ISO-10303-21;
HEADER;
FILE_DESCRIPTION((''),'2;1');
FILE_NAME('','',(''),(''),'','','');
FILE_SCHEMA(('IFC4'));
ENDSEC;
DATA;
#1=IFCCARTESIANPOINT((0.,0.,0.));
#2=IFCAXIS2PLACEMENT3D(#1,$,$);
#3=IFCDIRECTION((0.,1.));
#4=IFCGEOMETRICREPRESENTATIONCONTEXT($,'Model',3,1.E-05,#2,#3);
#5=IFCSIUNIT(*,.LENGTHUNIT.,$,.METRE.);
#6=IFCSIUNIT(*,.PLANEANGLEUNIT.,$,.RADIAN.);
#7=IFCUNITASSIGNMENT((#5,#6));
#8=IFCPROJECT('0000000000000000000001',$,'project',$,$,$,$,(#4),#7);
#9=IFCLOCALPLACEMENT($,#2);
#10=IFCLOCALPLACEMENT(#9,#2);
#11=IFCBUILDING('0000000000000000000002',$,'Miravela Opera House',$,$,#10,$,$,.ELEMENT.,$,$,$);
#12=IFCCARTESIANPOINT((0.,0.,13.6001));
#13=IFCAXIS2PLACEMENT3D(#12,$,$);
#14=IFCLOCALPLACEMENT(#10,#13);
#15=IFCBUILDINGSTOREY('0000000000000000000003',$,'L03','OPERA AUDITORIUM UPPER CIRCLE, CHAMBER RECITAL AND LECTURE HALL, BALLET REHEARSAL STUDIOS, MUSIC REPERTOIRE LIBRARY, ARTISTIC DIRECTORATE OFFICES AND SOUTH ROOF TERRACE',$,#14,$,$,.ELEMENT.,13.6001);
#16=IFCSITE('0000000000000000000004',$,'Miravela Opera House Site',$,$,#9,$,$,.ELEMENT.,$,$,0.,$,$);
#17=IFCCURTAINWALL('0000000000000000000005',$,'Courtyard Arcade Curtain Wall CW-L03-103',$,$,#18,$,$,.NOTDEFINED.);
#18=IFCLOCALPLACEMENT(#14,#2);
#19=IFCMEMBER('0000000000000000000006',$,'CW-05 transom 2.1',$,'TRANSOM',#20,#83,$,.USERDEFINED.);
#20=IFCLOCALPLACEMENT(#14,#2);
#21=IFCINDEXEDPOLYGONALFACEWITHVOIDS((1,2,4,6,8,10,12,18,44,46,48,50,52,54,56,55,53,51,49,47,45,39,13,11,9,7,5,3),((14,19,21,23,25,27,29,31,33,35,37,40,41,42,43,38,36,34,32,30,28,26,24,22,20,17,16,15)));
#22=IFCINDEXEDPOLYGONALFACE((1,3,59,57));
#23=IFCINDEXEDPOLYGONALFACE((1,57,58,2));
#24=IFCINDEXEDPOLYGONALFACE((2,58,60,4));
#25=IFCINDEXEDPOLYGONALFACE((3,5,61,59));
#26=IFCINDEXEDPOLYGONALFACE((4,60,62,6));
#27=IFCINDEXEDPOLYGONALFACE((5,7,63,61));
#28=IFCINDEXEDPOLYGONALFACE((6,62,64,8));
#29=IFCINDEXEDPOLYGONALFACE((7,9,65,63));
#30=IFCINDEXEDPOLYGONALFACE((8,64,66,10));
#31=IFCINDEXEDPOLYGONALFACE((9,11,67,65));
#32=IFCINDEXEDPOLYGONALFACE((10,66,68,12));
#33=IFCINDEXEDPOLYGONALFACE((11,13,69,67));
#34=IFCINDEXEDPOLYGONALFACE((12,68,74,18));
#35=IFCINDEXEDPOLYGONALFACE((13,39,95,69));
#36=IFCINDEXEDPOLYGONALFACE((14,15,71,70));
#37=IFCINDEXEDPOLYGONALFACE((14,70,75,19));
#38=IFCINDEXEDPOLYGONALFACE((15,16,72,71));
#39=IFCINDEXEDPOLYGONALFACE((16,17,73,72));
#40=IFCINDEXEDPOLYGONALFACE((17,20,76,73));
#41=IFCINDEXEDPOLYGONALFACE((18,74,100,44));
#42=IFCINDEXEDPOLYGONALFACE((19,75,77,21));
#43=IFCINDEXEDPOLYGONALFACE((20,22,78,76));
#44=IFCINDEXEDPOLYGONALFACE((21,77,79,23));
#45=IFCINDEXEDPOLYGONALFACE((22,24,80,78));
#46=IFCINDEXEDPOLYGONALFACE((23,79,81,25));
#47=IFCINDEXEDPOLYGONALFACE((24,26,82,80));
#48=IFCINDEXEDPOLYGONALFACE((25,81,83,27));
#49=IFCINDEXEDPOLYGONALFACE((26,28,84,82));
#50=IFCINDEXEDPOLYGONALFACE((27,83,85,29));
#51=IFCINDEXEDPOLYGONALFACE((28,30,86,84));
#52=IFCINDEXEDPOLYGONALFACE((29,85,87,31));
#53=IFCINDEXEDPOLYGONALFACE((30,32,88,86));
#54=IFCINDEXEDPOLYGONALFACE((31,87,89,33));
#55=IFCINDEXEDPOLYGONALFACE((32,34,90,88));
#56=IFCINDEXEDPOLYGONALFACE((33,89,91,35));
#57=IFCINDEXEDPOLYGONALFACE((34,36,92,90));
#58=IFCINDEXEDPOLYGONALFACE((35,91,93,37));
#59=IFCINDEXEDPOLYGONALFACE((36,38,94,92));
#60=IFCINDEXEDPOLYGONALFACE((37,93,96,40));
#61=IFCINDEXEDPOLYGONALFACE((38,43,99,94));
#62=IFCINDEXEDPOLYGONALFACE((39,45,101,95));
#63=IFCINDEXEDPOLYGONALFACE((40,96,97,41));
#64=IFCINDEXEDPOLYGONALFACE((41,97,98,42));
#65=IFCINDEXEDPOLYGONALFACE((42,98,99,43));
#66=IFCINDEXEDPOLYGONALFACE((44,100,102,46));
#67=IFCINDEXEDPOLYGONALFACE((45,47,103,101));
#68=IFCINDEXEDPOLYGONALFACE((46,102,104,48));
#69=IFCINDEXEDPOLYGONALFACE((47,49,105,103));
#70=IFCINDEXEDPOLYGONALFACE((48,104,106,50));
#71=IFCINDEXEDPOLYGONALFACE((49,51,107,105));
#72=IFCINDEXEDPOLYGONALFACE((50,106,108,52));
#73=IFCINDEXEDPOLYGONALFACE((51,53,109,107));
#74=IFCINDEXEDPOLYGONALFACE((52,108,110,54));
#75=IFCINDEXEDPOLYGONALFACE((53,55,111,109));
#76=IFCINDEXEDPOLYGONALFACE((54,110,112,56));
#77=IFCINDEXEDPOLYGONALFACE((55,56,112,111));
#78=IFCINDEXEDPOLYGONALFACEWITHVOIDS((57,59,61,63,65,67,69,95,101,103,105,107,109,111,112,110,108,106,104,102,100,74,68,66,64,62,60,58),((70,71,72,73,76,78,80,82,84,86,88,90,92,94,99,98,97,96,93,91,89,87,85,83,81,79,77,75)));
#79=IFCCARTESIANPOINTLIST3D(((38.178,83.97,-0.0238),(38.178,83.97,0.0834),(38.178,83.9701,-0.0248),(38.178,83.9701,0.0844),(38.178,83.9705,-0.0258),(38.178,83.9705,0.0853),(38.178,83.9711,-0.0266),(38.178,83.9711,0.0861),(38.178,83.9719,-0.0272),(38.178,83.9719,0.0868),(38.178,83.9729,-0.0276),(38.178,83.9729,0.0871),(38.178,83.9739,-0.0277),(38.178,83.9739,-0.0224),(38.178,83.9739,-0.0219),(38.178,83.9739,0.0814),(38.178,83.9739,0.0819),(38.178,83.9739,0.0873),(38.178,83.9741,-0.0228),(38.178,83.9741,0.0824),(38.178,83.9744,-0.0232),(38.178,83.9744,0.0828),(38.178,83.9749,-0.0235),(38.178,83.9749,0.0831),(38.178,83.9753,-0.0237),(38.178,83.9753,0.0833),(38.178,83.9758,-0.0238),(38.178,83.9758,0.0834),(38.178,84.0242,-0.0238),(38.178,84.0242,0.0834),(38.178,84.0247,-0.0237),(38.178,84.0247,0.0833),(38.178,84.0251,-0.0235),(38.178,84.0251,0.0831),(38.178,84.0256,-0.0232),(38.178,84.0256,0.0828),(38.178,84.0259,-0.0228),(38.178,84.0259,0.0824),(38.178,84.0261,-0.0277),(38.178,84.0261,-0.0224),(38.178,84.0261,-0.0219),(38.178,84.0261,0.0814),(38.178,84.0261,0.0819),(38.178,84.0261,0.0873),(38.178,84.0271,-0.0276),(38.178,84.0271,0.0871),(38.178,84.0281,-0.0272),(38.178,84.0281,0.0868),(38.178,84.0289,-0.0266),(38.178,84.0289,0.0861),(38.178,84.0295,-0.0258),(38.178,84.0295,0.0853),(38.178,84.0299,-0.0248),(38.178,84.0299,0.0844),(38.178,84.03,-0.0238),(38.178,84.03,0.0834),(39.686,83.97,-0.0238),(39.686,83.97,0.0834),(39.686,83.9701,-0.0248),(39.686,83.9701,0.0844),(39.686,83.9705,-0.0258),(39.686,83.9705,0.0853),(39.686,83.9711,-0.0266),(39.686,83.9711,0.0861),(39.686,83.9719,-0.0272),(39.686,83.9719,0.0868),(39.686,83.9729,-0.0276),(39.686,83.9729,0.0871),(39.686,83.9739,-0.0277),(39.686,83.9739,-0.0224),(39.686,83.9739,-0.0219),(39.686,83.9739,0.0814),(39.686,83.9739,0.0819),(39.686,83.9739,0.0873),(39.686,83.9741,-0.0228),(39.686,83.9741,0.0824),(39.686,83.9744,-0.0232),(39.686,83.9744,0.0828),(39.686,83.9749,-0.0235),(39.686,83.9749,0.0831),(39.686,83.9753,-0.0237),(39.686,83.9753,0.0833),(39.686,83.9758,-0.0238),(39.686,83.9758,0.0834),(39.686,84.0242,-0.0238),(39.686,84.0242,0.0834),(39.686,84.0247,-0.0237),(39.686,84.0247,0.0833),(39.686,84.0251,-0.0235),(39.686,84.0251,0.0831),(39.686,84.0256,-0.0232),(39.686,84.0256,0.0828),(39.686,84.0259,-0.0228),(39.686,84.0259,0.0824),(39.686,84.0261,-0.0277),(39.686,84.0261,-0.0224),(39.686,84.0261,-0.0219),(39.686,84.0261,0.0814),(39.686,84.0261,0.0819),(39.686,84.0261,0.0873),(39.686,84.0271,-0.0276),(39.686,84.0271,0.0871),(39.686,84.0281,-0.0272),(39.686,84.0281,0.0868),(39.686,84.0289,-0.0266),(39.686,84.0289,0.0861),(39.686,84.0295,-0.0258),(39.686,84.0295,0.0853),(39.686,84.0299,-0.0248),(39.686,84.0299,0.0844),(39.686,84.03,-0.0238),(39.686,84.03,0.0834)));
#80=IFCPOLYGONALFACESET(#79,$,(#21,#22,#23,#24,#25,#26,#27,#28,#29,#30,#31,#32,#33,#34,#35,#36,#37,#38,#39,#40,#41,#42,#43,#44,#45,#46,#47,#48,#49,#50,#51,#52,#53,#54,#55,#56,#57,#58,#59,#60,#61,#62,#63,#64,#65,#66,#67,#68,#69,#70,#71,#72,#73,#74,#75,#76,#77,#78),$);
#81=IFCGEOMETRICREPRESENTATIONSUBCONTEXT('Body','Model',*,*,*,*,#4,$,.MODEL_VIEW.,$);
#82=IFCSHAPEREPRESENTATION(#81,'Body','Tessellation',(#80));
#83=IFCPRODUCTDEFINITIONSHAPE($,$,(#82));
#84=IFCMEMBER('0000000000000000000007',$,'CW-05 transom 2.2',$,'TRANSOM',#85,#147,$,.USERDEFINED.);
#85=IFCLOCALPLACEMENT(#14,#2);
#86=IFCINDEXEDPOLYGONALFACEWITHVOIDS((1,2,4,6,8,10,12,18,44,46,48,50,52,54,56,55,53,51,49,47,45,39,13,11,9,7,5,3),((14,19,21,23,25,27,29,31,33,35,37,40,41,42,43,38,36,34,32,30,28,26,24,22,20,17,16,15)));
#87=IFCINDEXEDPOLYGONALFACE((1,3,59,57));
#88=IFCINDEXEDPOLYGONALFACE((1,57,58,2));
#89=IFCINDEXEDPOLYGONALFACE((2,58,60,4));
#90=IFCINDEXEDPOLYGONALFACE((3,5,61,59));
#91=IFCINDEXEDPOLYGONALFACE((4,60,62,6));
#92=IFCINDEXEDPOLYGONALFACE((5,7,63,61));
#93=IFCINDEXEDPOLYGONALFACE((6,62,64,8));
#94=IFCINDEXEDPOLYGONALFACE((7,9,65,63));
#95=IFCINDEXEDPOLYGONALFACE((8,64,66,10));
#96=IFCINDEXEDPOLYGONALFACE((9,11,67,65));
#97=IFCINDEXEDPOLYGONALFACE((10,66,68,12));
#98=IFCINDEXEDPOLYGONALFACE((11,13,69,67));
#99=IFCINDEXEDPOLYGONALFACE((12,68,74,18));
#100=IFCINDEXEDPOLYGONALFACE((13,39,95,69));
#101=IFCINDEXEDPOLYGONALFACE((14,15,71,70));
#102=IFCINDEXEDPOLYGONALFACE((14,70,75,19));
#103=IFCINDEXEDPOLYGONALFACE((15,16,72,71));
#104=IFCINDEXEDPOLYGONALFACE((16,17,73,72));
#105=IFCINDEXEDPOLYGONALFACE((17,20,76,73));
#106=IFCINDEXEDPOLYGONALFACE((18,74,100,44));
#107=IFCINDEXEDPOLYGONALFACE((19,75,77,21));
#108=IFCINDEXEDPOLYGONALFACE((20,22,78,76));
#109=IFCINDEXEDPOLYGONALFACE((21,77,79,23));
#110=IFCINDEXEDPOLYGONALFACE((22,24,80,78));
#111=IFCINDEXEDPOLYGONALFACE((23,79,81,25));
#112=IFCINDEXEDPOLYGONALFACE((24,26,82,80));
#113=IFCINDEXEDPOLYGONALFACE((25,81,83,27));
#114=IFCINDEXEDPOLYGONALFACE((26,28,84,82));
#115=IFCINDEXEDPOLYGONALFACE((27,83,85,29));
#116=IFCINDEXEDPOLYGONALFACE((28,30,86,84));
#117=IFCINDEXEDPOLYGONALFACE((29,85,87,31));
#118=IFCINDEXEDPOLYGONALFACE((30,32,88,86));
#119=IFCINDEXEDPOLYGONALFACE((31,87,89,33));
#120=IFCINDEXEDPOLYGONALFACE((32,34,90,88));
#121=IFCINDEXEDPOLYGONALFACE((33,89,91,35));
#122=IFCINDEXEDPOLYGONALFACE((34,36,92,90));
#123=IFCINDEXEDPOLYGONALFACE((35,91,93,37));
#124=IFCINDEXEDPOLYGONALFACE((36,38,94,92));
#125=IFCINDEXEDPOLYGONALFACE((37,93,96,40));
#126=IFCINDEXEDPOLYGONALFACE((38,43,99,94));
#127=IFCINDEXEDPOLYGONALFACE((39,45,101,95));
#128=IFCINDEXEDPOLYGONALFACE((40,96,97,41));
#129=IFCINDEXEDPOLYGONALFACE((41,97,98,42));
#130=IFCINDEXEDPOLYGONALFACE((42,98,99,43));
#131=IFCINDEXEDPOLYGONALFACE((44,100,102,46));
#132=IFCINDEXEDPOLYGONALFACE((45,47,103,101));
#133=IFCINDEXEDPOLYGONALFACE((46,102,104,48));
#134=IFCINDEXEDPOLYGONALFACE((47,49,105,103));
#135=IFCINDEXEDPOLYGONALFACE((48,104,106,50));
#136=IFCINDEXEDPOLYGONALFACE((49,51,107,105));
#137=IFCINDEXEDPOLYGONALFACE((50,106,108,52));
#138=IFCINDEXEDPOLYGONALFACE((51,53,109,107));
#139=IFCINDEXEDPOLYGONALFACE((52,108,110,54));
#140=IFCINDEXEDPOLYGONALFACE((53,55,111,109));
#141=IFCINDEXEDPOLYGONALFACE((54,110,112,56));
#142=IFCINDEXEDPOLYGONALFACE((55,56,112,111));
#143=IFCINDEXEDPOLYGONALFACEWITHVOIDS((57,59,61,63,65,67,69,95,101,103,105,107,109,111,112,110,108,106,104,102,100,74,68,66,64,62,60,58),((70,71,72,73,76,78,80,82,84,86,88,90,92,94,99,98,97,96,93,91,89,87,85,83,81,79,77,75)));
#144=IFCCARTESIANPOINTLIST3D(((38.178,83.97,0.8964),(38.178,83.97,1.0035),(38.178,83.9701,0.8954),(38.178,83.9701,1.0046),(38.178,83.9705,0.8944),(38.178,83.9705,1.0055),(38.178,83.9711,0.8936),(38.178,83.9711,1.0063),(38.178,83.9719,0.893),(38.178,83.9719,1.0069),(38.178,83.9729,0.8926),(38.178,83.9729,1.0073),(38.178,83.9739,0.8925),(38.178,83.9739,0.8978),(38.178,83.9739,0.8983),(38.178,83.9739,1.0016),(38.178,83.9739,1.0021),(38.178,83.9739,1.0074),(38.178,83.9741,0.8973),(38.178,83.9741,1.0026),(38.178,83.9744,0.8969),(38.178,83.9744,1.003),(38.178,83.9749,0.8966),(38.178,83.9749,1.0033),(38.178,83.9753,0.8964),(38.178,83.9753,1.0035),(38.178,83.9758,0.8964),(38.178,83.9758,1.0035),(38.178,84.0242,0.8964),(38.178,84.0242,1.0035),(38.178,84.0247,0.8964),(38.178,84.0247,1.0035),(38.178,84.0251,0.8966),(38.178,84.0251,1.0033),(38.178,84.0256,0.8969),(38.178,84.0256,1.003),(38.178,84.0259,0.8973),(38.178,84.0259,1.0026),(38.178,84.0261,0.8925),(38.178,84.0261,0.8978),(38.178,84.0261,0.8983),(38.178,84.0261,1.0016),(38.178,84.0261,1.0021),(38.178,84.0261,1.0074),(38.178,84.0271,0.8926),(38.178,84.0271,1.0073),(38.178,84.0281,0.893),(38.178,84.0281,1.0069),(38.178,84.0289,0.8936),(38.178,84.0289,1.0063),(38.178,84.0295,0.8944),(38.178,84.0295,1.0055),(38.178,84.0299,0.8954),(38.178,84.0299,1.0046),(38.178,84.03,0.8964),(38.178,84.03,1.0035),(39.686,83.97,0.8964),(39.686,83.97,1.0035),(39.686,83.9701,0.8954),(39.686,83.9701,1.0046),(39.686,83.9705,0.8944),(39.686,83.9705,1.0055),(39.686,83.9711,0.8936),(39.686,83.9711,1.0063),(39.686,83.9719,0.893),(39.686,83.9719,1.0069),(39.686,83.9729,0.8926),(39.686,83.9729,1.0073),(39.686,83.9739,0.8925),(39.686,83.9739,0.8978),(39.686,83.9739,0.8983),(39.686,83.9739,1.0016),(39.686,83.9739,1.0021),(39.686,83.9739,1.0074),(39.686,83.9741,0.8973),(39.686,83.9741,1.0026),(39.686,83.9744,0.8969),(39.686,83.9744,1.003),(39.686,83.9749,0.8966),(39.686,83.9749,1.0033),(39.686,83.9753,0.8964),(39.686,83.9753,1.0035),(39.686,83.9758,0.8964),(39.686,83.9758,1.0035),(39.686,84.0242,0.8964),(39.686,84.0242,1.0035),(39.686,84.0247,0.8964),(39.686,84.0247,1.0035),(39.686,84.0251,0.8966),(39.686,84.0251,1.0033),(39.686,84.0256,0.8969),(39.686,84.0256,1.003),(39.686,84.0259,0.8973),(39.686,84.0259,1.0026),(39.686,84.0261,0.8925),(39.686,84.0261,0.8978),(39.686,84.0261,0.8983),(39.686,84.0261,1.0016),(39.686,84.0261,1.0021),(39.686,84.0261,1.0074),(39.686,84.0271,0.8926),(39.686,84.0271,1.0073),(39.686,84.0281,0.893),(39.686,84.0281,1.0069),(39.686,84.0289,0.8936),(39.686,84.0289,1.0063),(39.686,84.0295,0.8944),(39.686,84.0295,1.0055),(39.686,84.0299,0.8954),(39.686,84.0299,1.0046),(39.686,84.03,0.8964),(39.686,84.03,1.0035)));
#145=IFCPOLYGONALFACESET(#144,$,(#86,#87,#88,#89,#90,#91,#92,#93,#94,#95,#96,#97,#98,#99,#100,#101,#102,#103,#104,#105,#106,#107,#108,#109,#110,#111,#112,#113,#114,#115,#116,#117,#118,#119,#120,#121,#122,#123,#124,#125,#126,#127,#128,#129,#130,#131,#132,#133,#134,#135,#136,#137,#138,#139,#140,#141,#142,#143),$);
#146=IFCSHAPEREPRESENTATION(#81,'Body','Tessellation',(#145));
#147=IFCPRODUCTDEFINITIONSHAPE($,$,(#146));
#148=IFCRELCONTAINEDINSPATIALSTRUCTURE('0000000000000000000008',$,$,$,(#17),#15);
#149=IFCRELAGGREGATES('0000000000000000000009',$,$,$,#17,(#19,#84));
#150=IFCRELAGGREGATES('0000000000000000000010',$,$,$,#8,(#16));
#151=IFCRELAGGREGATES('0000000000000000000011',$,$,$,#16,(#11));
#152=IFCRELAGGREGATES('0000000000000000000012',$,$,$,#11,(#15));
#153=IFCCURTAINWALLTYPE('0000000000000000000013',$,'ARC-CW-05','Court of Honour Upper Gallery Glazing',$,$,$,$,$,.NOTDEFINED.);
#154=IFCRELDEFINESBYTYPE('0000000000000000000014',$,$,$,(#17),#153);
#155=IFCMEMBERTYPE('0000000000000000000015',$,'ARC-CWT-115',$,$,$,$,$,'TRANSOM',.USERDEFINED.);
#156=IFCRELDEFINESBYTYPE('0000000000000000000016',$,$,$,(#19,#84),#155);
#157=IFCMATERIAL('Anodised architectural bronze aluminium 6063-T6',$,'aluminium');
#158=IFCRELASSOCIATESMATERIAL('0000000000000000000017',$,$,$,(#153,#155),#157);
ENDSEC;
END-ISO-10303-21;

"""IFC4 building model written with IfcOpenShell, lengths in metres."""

from ifc_helpers import new_model, si_unit, direction, frame, origin, origin_2d, place, context, subcontext, project, spatial, hollow_rectangle, extrude, material, material_profile, profile_set, type_object, element, aggregate, save


model = new_model("IFC4")

# Units and contexts
model_context = context("Model", 3, precision=1e-05, world=origin(), true_north=direction((0.0, 1.0)))
body_context = subcontext(model_context, "Body", "Model", "MODEL_VIEW")
ifc_project = project(units=[si_unit("LENGTHUNIT", "METRE"), si_unit("PLANEANGLEUNIT", "RADIAN")], contexts=[model_context])

# Site, building, storey
site_placement = place(None, origin())
site = spatial("IfcSite", under=ifc_project, at=site_placement, Name="Miravela Opera House Site", CompositionType="ELEMENT", RefElevation=0.0)
building_placement = place(site_placement, origin())
building = spatial("IfcBuilding", under=site, at=building_placement, Name="Miravela Opera House", CompositionType="ELEMENT")
storey_placement = place(building_placement, frame((0.0, 0.0, 13.6001)))
storey = spatial("IfcBuildingStorey", under=building, at=storey_placement, Name="L03", Description="OPERA AUDITORIUM UPPER CIRCLE, CHAMBER RECITAL AND LECTURE HALL, BALLET REHEARSAL STUDIOS, MUSIC REPERTOIRE LIBRARY, ARTISTIC DIRECTORATE OFFICES AND SOUTH ROOF TERRACE", CompositionType="ELEMENT", Elevation=13.6001)

# Curtain wall, members
ifc_material_1 = material(Name="Anodised architectural bronze aluminium 6063-T6", Category="aluminium")
curtain_wall_type = type_object("IfcCurtainWallType", Name="ARC-CW-05", Description="Court of Honour Upper Gallery Glazing", PredefinedType="NOTDEFINED", material=ifc_material_1)
curtain_wall_placement = place(storey_placement, origin())
curtain_wall = element("IfcCurtainWall", 1, at=curtain_wall_placement, inside=storey, type_object=curtain_wall_type, Name="Courtyard Arcade Curtain Wall CW-L03-103", PredefinedType="NOTDEFINED")
ifc_material_profile_1 = material_profile(ifc_material_1, hollow_rectangle(XDim=0.0601, YDim=0.115, WallThickness=0.0039, InnerFilletRadius=0.002, OuterFilletRadius=0.0039, at=origin_2d()), Name="CWT-60X115")
ifc_profile_set_1 = profile_set([ifc_material_profile_1])
member_type_1 = type_object("IfcMemberType", Name="ARC-CWT-115", ElementType="TRANSOM", PredefinedType="USERDEFINED", material=ifc_profile_set_1)
member_1_placement = place(storey_placement, frame((38.178, 84.0, 0.0298), z_axis=(1.0, 0.0, 0.0), x_axis=(0.0, 1.0, 0.0)))
member_1 = element("IfcMember", 2, at=member_1_placement, type_object=member_type_1, Name="CW-05 transom 2.1", ObjectType="TRANSOM", PredefinedType="USERDEFINED", context=body_context, shape_type="SweptSolid", body=[
    extrude(hollow_rectangle(XDim=0.0601, YDim=0.115, WallThickness=0.0039, InnerFilletRadius=0.002, OuterFilletRadius=0.0039, at=origin_2d()), origin(), (0.0, 0.0, 1.0), 1.5081),
])
member_2_placement = place(storey_placement, frame((38.178, 84.0, 0.95), z_axis=(1.0, 0.0, 0.0), x_axis=(0.0, 1.0, 0.0)))
member_2 = element("IfcMember", 3, at=member_2_placement, type_object=member_type_1, Name="CW-05 transom 2.2", ObjectType="TRANSOM", PredefinedType="USERDEFINED", context=body_context, shape_type="SweptSolid", body=[
    extrude(hollow_rectangle(XDim=0.0601, YDim=0.115, WallThickness=0.0039, InnerFilletRadius=0.002, OuterFilletRadius=0.0039, at=origin_2d()), origin(), (0.0, 0.0, 1.0), 1.5081),
])
aggregate(curtain_wall, [member_1, member_2])

save(model, "model.ifc")
